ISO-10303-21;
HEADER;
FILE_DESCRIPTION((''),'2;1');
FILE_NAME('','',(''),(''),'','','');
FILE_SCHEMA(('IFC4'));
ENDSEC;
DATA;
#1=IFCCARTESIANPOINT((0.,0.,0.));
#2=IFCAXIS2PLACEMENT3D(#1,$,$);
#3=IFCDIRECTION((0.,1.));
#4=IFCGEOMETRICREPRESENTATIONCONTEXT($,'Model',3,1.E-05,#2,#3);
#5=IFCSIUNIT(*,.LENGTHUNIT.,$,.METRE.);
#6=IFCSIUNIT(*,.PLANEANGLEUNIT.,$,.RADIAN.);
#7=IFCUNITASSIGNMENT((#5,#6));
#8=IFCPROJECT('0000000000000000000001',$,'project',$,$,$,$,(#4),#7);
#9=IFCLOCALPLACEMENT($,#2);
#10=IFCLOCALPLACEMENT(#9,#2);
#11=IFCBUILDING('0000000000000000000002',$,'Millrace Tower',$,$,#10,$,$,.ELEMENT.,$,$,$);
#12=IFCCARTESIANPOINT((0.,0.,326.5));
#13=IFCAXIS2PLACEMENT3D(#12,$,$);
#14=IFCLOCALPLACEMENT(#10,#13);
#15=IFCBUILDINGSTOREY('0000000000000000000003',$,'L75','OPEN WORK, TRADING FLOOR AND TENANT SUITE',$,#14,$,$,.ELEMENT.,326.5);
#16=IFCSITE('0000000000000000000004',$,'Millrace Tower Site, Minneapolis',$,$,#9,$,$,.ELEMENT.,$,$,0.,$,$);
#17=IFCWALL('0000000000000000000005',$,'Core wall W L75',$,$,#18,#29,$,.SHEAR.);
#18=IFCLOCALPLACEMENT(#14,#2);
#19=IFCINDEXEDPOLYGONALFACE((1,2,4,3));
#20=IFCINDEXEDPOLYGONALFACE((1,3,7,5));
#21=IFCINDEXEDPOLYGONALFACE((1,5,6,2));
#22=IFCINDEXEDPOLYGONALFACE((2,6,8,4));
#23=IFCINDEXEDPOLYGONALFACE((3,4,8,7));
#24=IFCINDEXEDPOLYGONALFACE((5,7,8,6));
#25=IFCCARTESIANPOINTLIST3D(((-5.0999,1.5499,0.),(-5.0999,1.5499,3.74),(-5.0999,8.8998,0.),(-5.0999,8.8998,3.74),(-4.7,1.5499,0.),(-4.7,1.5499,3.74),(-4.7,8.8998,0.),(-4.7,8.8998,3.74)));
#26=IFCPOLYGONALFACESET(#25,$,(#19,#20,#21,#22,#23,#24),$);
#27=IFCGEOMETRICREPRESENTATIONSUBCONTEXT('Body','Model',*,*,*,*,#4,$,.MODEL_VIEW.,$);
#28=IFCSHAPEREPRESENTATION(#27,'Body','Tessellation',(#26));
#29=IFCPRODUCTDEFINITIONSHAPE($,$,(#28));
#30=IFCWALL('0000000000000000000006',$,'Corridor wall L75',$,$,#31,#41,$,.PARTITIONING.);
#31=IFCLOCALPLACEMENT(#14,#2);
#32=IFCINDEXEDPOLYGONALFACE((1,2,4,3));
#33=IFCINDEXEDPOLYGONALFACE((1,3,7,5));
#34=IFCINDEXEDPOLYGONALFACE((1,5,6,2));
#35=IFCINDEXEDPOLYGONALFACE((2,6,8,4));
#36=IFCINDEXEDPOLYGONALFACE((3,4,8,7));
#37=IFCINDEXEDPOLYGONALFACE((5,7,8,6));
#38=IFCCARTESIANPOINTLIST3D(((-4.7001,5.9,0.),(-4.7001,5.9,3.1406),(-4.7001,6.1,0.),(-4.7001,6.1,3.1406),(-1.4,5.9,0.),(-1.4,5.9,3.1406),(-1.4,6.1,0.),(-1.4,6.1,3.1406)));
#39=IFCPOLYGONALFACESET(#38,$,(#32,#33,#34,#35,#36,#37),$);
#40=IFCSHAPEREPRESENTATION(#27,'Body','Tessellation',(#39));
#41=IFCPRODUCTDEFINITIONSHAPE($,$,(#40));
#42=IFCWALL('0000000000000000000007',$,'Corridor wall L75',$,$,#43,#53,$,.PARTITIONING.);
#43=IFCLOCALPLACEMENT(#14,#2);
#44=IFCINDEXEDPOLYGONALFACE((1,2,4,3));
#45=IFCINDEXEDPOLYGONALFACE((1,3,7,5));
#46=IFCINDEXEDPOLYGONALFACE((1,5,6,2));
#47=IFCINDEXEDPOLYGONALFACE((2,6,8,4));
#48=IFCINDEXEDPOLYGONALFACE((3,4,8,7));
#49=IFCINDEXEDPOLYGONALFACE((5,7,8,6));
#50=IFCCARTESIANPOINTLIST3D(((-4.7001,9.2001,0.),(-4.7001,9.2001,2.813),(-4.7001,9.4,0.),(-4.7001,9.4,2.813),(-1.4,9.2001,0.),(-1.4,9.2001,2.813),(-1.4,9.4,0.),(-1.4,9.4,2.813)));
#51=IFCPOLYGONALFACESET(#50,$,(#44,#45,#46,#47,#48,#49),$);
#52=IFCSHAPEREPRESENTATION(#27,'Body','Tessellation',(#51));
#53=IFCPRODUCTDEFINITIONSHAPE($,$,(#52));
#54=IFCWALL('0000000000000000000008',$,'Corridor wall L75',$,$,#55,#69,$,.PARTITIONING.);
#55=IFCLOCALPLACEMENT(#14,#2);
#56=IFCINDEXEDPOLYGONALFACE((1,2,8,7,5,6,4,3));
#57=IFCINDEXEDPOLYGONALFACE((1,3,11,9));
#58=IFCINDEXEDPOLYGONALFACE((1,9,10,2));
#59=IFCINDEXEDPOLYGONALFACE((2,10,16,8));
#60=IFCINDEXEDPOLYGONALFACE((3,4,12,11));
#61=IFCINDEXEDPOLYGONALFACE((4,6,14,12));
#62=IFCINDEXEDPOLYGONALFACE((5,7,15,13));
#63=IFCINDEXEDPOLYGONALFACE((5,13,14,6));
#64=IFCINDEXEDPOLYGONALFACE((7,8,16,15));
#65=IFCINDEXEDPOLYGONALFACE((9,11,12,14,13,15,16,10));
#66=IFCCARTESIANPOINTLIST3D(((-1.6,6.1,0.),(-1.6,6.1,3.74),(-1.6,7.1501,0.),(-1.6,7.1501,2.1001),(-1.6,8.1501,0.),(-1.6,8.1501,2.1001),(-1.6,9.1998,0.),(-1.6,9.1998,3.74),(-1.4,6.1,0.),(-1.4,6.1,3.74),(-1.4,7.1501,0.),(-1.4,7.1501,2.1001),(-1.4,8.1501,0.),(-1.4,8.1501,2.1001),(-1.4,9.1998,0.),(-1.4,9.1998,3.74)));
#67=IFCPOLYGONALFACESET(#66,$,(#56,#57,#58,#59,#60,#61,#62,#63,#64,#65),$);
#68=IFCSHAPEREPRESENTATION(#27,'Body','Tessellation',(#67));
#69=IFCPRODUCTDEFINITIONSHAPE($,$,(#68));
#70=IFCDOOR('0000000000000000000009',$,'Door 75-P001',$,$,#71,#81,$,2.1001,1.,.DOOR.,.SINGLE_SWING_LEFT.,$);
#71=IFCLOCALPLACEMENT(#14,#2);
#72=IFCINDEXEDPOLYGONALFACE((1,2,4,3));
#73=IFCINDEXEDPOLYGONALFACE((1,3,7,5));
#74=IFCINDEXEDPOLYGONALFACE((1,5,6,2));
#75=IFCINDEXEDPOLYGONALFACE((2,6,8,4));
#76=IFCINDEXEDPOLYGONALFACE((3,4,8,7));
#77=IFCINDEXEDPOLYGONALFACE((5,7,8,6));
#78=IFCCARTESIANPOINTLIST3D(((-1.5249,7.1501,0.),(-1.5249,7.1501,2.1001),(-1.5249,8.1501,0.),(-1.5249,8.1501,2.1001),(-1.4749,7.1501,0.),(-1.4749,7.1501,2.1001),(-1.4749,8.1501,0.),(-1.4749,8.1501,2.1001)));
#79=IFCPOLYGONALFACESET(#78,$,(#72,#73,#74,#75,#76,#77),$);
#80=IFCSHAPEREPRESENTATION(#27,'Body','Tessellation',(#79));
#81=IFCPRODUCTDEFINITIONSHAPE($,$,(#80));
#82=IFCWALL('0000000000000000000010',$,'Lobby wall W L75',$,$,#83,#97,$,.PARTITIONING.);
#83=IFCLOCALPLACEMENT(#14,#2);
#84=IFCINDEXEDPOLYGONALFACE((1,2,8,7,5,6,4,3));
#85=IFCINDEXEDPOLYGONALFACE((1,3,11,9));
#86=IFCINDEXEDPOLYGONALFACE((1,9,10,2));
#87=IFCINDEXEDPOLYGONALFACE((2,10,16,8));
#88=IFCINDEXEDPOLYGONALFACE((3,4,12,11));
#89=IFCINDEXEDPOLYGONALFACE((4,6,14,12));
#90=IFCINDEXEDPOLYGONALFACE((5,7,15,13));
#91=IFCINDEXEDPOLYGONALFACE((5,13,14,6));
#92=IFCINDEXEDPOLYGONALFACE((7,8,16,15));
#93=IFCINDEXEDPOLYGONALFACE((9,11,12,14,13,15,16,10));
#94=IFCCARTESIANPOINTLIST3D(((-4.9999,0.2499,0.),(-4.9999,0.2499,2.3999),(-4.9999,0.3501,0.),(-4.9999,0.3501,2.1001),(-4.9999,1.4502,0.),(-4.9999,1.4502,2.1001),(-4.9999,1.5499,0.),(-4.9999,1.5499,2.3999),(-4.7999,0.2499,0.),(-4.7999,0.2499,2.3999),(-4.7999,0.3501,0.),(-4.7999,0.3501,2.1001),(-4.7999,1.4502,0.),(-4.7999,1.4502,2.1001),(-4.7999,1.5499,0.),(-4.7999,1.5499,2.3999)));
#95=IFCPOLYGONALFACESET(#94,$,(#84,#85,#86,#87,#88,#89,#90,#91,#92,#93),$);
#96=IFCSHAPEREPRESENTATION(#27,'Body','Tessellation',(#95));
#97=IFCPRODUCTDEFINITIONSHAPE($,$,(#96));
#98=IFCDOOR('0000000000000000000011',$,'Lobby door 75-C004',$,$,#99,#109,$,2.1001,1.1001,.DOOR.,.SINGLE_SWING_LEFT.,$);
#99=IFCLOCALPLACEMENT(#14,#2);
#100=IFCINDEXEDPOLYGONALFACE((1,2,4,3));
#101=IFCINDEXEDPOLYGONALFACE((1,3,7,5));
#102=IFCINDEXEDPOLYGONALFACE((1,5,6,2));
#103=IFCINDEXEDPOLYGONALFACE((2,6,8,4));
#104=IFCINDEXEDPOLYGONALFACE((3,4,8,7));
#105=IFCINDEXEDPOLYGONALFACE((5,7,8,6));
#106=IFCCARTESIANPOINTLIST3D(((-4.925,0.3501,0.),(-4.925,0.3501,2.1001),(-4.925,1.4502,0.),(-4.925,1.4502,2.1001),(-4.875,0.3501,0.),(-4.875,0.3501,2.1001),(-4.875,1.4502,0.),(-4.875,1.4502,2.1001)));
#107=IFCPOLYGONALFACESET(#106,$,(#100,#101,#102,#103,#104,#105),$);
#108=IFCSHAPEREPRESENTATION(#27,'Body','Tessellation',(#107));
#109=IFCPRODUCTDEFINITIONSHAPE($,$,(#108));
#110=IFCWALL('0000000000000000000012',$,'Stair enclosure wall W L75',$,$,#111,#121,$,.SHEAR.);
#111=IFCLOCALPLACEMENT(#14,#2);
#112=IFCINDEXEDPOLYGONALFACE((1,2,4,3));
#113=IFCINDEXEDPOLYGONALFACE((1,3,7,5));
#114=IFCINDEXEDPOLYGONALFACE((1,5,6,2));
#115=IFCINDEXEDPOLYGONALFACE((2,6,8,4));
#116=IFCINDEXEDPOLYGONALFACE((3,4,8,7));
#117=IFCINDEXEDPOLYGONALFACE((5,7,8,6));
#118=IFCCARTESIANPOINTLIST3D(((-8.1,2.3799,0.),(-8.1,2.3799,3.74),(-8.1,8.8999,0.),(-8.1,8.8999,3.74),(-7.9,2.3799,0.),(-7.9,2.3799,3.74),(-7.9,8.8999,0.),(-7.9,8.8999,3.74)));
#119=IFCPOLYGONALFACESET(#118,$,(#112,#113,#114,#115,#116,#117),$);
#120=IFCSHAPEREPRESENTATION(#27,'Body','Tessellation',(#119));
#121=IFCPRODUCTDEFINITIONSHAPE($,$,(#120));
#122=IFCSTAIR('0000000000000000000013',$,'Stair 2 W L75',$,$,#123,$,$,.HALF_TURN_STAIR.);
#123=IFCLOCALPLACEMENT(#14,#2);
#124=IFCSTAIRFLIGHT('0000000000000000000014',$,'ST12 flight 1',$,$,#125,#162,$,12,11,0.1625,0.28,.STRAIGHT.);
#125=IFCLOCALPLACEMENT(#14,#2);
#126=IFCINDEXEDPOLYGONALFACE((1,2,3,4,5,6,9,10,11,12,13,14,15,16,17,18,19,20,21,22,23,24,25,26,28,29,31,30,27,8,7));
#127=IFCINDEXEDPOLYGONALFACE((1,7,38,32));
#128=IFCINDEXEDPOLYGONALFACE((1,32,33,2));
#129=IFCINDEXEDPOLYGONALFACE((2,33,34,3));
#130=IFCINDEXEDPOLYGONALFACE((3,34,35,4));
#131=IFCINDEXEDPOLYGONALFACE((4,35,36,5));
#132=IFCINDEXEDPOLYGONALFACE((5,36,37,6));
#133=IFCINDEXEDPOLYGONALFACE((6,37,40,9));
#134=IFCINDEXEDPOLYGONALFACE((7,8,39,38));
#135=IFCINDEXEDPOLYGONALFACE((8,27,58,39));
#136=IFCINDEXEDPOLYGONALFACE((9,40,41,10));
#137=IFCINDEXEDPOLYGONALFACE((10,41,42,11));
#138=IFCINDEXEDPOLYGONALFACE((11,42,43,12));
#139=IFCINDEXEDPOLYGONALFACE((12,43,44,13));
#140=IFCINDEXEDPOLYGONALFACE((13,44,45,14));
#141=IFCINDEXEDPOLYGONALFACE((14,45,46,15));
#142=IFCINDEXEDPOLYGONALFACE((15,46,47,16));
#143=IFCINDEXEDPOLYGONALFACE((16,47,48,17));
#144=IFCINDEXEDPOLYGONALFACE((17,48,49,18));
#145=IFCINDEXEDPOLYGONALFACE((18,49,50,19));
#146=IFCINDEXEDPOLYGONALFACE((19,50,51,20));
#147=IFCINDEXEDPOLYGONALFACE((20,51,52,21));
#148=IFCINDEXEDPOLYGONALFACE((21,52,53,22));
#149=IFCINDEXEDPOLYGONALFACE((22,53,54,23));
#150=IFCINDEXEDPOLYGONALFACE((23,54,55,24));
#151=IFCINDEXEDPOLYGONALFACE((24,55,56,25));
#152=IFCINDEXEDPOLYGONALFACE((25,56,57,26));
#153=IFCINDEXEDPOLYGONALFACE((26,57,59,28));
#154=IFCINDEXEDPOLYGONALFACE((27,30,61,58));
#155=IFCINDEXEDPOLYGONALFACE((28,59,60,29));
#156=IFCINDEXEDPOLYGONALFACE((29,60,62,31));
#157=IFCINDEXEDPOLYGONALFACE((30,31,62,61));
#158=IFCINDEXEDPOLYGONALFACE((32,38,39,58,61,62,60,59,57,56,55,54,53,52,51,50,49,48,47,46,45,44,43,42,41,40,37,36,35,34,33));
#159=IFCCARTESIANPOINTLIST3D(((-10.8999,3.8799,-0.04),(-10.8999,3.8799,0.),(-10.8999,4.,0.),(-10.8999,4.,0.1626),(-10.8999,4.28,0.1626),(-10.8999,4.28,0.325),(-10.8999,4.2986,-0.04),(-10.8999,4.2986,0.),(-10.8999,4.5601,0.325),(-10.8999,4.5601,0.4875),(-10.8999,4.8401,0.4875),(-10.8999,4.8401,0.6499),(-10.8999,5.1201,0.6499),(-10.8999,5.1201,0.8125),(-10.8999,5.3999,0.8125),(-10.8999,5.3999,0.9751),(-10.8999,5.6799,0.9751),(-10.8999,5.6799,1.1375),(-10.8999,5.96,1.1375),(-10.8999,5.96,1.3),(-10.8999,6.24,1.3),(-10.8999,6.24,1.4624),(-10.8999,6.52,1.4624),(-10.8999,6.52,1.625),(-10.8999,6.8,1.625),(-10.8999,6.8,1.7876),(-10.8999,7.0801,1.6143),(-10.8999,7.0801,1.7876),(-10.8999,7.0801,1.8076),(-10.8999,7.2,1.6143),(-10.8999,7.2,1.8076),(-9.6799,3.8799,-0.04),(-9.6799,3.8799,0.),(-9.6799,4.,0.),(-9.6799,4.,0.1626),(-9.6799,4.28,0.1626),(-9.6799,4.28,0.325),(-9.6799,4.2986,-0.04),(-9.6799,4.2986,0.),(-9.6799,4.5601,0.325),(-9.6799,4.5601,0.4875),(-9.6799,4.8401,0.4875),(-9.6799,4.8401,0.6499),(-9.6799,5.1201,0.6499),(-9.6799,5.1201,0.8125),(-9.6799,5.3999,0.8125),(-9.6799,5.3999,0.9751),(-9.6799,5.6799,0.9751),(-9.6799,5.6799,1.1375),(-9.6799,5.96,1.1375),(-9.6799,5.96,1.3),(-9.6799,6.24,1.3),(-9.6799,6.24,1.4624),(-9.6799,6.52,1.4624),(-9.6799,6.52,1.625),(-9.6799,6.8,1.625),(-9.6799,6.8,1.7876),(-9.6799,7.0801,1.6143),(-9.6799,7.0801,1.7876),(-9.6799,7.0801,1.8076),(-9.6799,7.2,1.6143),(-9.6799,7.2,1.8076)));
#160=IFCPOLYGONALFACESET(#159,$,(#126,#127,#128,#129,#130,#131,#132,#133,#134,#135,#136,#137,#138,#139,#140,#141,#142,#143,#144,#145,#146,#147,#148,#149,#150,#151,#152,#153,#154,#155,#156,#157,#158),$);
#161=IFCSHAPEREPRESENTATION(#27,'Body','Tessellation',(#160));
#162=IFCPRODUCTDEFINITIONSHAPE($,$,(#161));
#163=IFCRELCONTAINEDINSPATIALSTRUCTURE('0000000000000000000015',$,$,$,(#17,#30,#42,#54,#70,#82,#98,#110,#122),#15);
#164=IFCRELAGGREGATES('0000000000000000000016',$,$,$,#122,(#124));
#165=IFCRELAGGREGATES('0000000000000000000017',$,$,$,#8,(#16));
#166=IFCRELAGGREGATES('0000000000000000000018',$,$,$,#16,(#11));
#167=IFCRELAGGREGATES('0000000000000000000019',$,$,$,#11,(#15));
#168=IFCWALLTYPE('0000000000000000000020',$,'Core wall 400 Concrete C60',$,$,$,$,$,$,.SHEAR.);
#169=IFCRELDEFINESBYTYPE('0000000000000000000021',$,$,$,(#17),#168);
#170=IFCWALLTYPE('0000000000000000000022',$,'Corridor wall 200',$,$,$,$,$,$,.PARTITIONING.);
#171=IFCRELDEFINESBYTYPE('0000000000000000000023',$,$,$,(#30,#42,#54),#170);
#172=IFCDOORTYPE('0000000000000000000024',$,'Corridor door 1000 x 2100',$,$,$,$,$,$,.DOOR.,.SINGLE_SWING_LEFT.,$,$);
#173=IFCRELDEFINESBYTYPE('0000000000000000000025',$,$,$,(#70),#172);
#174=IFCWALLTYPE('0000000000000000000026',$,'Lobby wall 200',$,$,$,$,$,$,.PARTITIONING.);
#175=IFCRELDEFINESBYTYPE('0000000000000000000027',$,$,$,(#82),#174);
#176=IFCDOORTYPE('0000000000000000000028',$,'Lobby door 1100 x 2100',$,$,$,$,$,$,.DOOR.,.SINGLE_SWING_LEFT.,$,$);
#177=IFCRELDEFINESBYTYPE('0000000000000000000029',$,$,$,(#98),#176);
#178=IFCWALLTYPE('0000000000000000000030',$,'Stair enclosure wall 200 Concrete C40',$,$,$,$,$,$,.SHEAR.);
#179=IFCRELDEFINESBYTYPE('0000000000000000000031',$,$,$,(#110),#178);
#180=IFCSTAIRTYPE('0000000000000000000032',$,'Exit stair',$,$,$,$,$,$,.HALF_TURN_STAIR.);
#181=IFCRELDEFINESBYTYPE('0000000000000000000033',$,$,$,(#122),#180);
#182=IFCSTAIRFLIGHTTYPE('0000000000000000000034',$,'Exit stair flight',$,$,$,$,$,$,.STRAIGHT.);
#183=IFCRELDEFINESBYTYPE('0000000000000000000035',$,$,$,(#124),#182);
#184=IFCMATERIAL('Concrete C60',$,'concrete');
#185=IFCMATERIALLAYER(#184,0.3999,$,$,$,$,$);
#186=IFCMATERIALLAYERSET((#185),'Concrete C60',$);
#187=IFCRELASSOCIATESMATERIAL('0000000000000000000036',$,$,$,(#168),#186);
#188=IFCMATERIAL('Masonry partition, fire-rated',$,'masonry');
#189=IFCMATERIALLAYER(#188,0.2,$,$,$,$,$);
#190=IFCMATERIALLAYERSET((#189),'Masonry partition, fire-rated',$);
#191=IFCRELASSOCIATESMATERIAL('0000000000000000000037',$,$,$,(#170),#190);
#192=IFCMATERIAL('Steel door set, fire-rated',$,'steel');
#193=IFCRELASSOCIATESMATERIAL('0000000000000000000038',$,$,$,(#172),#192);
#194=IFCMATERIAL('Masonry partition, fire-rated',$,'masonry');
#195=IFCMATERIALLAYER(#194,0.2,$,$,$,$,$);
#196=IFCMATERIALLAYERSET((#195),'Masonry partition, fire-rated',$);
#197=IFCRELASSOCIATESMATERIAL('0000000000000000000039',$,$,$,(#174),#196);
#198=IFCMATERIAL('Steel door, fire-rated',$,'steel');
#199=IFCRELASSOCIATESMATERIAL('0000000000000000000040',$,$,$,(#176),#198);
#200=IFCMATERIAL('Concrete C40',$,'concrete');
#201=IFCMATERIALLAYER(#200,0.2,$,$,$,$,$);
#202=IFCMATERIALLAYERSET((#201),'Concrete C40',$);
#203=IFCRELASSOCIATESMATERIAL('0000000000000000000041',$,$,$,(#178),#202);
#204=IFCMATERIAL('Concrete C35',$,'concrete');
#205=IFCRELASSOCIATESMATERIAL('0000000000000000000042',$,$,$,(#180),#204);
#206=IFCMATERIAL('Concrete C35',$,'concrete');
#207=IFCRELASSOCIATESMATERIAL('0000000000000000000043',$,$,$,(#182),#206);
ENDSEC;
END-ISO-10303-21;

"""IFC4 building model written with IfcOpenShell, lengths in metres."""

from ifc_helpers import new_model, si_unit, direction, frame, frame_2d, origin, place, context, subcontext, project, spatial, polyline, rectangle, outline, extrude, material, layer, layer_set, type_object, element, fill, aggregate, save


model = new_model("IFC4")

# Units and contexts
model_context = context("Model", 3, precision=1e-05, world=origin(), true_north=direction((0.0, 1.0)))
body_context = subcontext(model_context, "Body", "Model", "MODEL_VIEW")
ifc_project = project(units=[si_unit("LENGTHUNIT", "METRE"), si_unit("PLANEANGLEUNIT", "RADIAN")], contexts=[model_context])

# Site, building, storey
site_placement = place(None, origin())
site = spatial("IfcSite", under=ifc_project, at=site_placement, Name="Millrace Tower Site, Minneapolis", CompositionType="ELEMENT", RefElevation=0.0)
building_placement = place(site_placement, origin())
building = spatial("IfcBuilding", under=site, at=building_placement, Name="Millrace Tower", CompositionType="ELEMENT")
storey_placement = place(building_placement, frame((0.0, 0.0, 326.5)))
storey = spatial("IfcBuildingStorey", under=building, at=storey_placement, Name="L75", Description="OPEN WORK, TRADING FLOOR AND TENANT SUITE", CompositionType="ELEMENT", Elevation=326.5)

# Shared definitions
placement_1 = place(storey_placement, origin())

# Walls
ifc_material_1 = material(Name="Concrete C60", Category="concrete")
ifc_layer_1 = layer(ifc_material_1, 0.3999)
ifc_layer_set_1 = layer_set([ifc_layer_1], Name="Concrete C60")
wall_type_1 = type_object("IfcWallType", Name="Core wall 400 Concrete C60", PredefinedType="SHEAR", material=ifc_layer_set_1)
wall_1_placement = place(storey_placement, frame((-4.8999, 1.55, 0.0), z_axis=(0.0, 0.0, 1.0), x_axis=(0.0, 1.0, 0.0)))
element("IfcWall", 1, at=wall_1_placement, inside=storey, type_object=wall_type_1, Name="Core wall W L75", PredefinedType="SHEAR", context=body_context, shape_type="SweptSolid", body=[
    extrude(rectangle(XDim=7.3499, YDim=0.3999, at=frame_2d((3.6748, 0.0))), origin(), (0.0, 0.0, 1.0), 3.74),
])
ifc_material_2 = material(Name="Masonry partition, fire-rated", Category="masonry")
ifc_layer_2 = layer(ifc_material_2, 0.2)
ifc_layer_set_2 = layer_set([ifc_layer_2], Name="Masonry partition, fire-rated")
wall_type_2 = type_object("IfcWallType", Name="Corridor wall 200", PredefinedType="PARTITIONING", material=ifc_layer_set_2)
wall_2_placement = place(storey_placement, frame((-4.7, 6.0, 0.0), z_axis=(0.0, 0.0, 1.0), x_axis=(1.0, 0.0, 0.0)))
element("IfcWall", 2, at=wall_2_placement, inside=storey, type_object=wall_type_2, Name="Corridor wall L75", PredefinedType="PARTITIONING", context=body_context, shape_type="SweptSolid", body=[
    extrude(rectangle(XDim=3.3, YDim=0.2, at=frame_2d((1.6499, 0.0))), origin(), (0.0, 0.0, 1.0), 3.1406),
])
wall_3_placement = place(storey_placement, frame((-4.7, 9.3, 0.0), z_axis=(0.0, 0.0, 1.0), x_axis=(1.0, 0.0, 0.0)))
element("IfcWall", 3, at=wall_3_placement, inside=storey, type_object=wall_type_2, Name="Corridor wall L75", PredefinedType="PARTITIONING", context=body_context, shape_type="SweptSolid", body=[
    extrude(rectangle(XDim=3.3, YDim=0.2, at=frame_2d((1.6499, 0.0))), origin(), (0.0, 0.0, 1.0), 2.813),
])

# Walls, openings, doors
wall_4_placement = place(storey_placement, frame((-1.5, 6.1001, 0.0), z_axis=(0.0, 0.0, 1.0), x_axis=(0.0, 1.0, 0.0)))
wall_4 = element("IfcWall", 4, at=wall_4_placement, inside=storey, type_object=wall_type_2, Name="Corridor wall L75", PredefinedType="PARTITIONING", context=body_context, shape_type="SweptSolid", body=[
    extrude(rectangle(XDim=3.0999, YDim=0.2, at=frame_2d((1.5498, 0.0))), origin(), (0.0, 0.0, 1.0), 3.74),
])
opening_1_placement = place(wall_4_placement, frame((1.05, 0.0, 0.0)))
opening_1 = element("IfcOpeningElement", 5, at=opening_1_placement, cuts=wall_4, PredefinedType="OPENING", context=body_context, shape_type="SweptSolid", body=[
    extrude(rectangle(XDim=1.0, YDim=2.1001, at=frame_2d((0.5, 1.05))), frame((0.0, 0.1099, 0.0), z_axis=(0.0, -1.0, 0.0), x_axis=(1.0, 0.0, 0.0)), (0.0, 0.0, 1.0), 0.22),
])
ifc_material_3 = material(Name="Steel door set, fire-rated", Category="steel")
door_type_1 = type_object("IfcDoorType", Name="Corridor door 1000 x 2100", OperationType="SINGLE_SWING_LEFT", PredefinedType="DOOR", material=ifc_material_3)
door_1_placement = place(opening_1_placement, origin())
door_1 = element("IfcDoor", 6, at=door_1_placement, inside=storey, type_object=door_type_1, Name="Door 75-P001", OperationType="SINGLE_SWING_LEFT", OverallHeight=2.1001, OverallWidth=1.0, PredefinedType="DOOR", context=body_context, shape_type="SweptSolid", body=[
    extrude(rectangle(XDim=1.0, YDim=2.1001, at=frame_2d((0.5, 1.05))), frame((0.0, 0.0249, 0.0), z_axis=(0.0, -1.0, 0.0), x_axis=(1.0, 0.0, 0.0)), (0.0, 0.0, 1.0), 0.05),
])
fill(opening_1, door_1)
ifc_material_4 = material(Name="Masonry partition, fire-rated", Category="masonry")
ifc_layer_3 = layer(ifc_material_4, 0.2)
ifc_layer_set_3 = layer_set([ifc_layer_3], Name="Masonry partition, fire-rated")
wall_type_3 = type_object("IfcWallType", Name="Lobby wall 200", PredefinedType="PARTITIONING", material=ifc_layer_set_3)
wall_5_placement = place(storey_placement, frame((-4.8999, 0.25, 0.0), z_axis=(0.0, 0.0, 1.0), x_axis=(0.0, 1.0, 0.0)))
wall_5 = element("IfcWall", 7, at=wall_5_placement, inside=storey, type_object=wall_type_3, Name="Lobby wall W L75", PredefinedType="PARTITIONING", context=body_context, shape_type="SweptSolid", body=[
    extrude(rectangle(XDim=1.3, YDim=0.2, at=frame_2d((0.6499, 0.0))), origin(), (0.0, 0.0, 1.0), 2.3999),
])
opening_2_placement = place(wall_5_placement, frame((0.1001, 0.0, 0.0)))
opening_2 = element("IfcOpeningElement", 8, at=opening_2_placement, cuts=wall_5, PredefinedType="OPENING", context=body_context, shape_type="SweptSolid", body=[
    extrude(rectangle(XDim=1.1001, YDim=2.1001, at=frame_2d((0.55, 1.05))), frame((0.0, 0.1099, 0.0), z_axis=(0.0, -1.0, 0.0), x_axis=(1.0, 0.0, 0.0)), (0.0, 0.0, 1.0), 0.22),
])
ifc_material_5 = material(Name="Steel door, fire-rated", Category="steel")
door_type_2 = type_object("IfcDoorType", Name="Lobby door 1100 x 2100", OperationType="SINGLE_SWING_LEFT", PredefinedType="DOOR", material=ifc_material_5)
door_2_placement = place(opening_2_placement, frame((1.1001, 0.0, 0.0), z_axis=(0.0, 0.0, 1.0), x_axis=(-1.0, 0.0, 0.0)))
door_2 = element("IfcDoor", 9, at=door_2_placement, inside=storey, type_object=door_type_2, Name="Lobby door 75-C004", OperationType="SINGLE_SWING_LEFT", OverallHeight=2.1001, OverallWidth=1.1001, PredefinedType="DOOR", context=body_context, shape_type="SweptSolid", body=[
    extrude(rectangle(XDim=1.1001, YDim=2.1001, at=frame_2d((0.55, 1.05))), frame((0.0, 0.0249, 0.0), z_axis=(0.0, -1.0, 0.0), x_axis=(1.0, 0.0, 0.0)), (0.0, 0.0, 1.0), 0.05),
])
fill(opening_2, door_2)

# Wall
ifc_material_6 = material(Name="Concrete C40", Category="concrete")
ifc_layer_4 = layer(ifc_material_6, 0.2)
ifc_layer_set_4 = layer_set([ifc_layer_4], Name="Concrete C40")
wall_type_4 = type_object("IfcWallType", Name="Stair enclosure wall 200 Concrete C40", PredefinedType="SHEAR", material=ifc_layer_set_4)
wall_6_placement = place(storey_placement, frame((-8.0, 2.3799, 0.0), z_axis=(0.0, 0.0, 1.0), x_axis=(0.0, 1.0, 0.0)))
element("IfcWall", 10, at=wall_6_placement, inside=storey, type_object=wall_type_4, Name="Stair enclosure wall W L75", PredefinedType="SHEAR", context=body_context, shape_type="SweptSolid", body=[
    extrude(rectangle(XDim=6.52, YDim=0.2, at=frame_2d((3.26, 0.0))), origin(), (0.0, 0.0, 1.0), 3.74),
])

# Stair, stair flight
ifc_material_7 = material(Name="Concrete C35", Category="concrete")
stair_type = type_object("IfcStairType", Name="Exit stair", PredefinedType="HALF_TURN_STAIR", material=ifc_material_7)
stair_1 = element("IfcStair", 11, at=placement_1, inside=storey, type_object=stair_type, Name="Stair 2 W L75", PredefinedType="HALF_TURN_STAIR")
ifc_material_8 = material(Name="Concrete C35", Category="concrete")
stair_flight_type = type_object("IfcStairFlightType", Name="Exit stair flight", PredefinedType="STRAIGHT", material=ifc_material_8)
stair_flight_1_placement = place(storey_placement, frame((-10.29, 4.0, 0.0), z_axis=(0.0, 0.0, 1.0), x_axis=(0.0, 1.0, 0.0)))
stair_flight_1 = element("IfcStairFlight", 12, at=stair_flight_1_placement, type_object=stair_flight_type, Name="ST12 flight 1", NumberOfRisers=12, NumberOfTreads=11, PredefinedType="STRAIGHT", RiserHeight=0.1625, TreadLength=0.28, context=body_context, shape_type="SweptSolid", body=[
    extrude(outline(polyline([(-0.1201, -0.04), (-0.1201, 0.0), (0.0, 0.0), (0.0, 0.1626), (0.28, 0.1626), (0.28, 0.325), (0.5601, 0.325), (0.5601, 0.4875), (0.8401, 0.4875), (0.8401, 0.6499), (1.1201, 0.6499), (1.1201, 0.8125), (1.3999, 0.8125), (1.3999, 0.9751), (1.6799, 0.9751), (1.6799, 1.1375), (1.96, 1.1375), (1.96, 1.3), (2.24, 1.3), (2.24, 1.4624), (2.52, 1.4624), (2.52, 1.625), (2.8, 1.625), (2.8, 1.7876), (3.0801, 1.7876), (3.0801, 1.8076), (3.2, 1.8076), (3.2, 1.6143), (3.0801, 1.6143), (0.2986, 0.0), (0.2986, -0.04), (-0.1201, -0.04)])), frame((0.0, 0.6099, 0.0), z_axis=(0.0, -1.0, 0.0), x_axis=(1.0, 0.0, 0.0)), (0.0, 0.0, 1.0), 1.22),
])
aggregate(stair_1, [stair_flight_1])

save(model, "model.ifc")
